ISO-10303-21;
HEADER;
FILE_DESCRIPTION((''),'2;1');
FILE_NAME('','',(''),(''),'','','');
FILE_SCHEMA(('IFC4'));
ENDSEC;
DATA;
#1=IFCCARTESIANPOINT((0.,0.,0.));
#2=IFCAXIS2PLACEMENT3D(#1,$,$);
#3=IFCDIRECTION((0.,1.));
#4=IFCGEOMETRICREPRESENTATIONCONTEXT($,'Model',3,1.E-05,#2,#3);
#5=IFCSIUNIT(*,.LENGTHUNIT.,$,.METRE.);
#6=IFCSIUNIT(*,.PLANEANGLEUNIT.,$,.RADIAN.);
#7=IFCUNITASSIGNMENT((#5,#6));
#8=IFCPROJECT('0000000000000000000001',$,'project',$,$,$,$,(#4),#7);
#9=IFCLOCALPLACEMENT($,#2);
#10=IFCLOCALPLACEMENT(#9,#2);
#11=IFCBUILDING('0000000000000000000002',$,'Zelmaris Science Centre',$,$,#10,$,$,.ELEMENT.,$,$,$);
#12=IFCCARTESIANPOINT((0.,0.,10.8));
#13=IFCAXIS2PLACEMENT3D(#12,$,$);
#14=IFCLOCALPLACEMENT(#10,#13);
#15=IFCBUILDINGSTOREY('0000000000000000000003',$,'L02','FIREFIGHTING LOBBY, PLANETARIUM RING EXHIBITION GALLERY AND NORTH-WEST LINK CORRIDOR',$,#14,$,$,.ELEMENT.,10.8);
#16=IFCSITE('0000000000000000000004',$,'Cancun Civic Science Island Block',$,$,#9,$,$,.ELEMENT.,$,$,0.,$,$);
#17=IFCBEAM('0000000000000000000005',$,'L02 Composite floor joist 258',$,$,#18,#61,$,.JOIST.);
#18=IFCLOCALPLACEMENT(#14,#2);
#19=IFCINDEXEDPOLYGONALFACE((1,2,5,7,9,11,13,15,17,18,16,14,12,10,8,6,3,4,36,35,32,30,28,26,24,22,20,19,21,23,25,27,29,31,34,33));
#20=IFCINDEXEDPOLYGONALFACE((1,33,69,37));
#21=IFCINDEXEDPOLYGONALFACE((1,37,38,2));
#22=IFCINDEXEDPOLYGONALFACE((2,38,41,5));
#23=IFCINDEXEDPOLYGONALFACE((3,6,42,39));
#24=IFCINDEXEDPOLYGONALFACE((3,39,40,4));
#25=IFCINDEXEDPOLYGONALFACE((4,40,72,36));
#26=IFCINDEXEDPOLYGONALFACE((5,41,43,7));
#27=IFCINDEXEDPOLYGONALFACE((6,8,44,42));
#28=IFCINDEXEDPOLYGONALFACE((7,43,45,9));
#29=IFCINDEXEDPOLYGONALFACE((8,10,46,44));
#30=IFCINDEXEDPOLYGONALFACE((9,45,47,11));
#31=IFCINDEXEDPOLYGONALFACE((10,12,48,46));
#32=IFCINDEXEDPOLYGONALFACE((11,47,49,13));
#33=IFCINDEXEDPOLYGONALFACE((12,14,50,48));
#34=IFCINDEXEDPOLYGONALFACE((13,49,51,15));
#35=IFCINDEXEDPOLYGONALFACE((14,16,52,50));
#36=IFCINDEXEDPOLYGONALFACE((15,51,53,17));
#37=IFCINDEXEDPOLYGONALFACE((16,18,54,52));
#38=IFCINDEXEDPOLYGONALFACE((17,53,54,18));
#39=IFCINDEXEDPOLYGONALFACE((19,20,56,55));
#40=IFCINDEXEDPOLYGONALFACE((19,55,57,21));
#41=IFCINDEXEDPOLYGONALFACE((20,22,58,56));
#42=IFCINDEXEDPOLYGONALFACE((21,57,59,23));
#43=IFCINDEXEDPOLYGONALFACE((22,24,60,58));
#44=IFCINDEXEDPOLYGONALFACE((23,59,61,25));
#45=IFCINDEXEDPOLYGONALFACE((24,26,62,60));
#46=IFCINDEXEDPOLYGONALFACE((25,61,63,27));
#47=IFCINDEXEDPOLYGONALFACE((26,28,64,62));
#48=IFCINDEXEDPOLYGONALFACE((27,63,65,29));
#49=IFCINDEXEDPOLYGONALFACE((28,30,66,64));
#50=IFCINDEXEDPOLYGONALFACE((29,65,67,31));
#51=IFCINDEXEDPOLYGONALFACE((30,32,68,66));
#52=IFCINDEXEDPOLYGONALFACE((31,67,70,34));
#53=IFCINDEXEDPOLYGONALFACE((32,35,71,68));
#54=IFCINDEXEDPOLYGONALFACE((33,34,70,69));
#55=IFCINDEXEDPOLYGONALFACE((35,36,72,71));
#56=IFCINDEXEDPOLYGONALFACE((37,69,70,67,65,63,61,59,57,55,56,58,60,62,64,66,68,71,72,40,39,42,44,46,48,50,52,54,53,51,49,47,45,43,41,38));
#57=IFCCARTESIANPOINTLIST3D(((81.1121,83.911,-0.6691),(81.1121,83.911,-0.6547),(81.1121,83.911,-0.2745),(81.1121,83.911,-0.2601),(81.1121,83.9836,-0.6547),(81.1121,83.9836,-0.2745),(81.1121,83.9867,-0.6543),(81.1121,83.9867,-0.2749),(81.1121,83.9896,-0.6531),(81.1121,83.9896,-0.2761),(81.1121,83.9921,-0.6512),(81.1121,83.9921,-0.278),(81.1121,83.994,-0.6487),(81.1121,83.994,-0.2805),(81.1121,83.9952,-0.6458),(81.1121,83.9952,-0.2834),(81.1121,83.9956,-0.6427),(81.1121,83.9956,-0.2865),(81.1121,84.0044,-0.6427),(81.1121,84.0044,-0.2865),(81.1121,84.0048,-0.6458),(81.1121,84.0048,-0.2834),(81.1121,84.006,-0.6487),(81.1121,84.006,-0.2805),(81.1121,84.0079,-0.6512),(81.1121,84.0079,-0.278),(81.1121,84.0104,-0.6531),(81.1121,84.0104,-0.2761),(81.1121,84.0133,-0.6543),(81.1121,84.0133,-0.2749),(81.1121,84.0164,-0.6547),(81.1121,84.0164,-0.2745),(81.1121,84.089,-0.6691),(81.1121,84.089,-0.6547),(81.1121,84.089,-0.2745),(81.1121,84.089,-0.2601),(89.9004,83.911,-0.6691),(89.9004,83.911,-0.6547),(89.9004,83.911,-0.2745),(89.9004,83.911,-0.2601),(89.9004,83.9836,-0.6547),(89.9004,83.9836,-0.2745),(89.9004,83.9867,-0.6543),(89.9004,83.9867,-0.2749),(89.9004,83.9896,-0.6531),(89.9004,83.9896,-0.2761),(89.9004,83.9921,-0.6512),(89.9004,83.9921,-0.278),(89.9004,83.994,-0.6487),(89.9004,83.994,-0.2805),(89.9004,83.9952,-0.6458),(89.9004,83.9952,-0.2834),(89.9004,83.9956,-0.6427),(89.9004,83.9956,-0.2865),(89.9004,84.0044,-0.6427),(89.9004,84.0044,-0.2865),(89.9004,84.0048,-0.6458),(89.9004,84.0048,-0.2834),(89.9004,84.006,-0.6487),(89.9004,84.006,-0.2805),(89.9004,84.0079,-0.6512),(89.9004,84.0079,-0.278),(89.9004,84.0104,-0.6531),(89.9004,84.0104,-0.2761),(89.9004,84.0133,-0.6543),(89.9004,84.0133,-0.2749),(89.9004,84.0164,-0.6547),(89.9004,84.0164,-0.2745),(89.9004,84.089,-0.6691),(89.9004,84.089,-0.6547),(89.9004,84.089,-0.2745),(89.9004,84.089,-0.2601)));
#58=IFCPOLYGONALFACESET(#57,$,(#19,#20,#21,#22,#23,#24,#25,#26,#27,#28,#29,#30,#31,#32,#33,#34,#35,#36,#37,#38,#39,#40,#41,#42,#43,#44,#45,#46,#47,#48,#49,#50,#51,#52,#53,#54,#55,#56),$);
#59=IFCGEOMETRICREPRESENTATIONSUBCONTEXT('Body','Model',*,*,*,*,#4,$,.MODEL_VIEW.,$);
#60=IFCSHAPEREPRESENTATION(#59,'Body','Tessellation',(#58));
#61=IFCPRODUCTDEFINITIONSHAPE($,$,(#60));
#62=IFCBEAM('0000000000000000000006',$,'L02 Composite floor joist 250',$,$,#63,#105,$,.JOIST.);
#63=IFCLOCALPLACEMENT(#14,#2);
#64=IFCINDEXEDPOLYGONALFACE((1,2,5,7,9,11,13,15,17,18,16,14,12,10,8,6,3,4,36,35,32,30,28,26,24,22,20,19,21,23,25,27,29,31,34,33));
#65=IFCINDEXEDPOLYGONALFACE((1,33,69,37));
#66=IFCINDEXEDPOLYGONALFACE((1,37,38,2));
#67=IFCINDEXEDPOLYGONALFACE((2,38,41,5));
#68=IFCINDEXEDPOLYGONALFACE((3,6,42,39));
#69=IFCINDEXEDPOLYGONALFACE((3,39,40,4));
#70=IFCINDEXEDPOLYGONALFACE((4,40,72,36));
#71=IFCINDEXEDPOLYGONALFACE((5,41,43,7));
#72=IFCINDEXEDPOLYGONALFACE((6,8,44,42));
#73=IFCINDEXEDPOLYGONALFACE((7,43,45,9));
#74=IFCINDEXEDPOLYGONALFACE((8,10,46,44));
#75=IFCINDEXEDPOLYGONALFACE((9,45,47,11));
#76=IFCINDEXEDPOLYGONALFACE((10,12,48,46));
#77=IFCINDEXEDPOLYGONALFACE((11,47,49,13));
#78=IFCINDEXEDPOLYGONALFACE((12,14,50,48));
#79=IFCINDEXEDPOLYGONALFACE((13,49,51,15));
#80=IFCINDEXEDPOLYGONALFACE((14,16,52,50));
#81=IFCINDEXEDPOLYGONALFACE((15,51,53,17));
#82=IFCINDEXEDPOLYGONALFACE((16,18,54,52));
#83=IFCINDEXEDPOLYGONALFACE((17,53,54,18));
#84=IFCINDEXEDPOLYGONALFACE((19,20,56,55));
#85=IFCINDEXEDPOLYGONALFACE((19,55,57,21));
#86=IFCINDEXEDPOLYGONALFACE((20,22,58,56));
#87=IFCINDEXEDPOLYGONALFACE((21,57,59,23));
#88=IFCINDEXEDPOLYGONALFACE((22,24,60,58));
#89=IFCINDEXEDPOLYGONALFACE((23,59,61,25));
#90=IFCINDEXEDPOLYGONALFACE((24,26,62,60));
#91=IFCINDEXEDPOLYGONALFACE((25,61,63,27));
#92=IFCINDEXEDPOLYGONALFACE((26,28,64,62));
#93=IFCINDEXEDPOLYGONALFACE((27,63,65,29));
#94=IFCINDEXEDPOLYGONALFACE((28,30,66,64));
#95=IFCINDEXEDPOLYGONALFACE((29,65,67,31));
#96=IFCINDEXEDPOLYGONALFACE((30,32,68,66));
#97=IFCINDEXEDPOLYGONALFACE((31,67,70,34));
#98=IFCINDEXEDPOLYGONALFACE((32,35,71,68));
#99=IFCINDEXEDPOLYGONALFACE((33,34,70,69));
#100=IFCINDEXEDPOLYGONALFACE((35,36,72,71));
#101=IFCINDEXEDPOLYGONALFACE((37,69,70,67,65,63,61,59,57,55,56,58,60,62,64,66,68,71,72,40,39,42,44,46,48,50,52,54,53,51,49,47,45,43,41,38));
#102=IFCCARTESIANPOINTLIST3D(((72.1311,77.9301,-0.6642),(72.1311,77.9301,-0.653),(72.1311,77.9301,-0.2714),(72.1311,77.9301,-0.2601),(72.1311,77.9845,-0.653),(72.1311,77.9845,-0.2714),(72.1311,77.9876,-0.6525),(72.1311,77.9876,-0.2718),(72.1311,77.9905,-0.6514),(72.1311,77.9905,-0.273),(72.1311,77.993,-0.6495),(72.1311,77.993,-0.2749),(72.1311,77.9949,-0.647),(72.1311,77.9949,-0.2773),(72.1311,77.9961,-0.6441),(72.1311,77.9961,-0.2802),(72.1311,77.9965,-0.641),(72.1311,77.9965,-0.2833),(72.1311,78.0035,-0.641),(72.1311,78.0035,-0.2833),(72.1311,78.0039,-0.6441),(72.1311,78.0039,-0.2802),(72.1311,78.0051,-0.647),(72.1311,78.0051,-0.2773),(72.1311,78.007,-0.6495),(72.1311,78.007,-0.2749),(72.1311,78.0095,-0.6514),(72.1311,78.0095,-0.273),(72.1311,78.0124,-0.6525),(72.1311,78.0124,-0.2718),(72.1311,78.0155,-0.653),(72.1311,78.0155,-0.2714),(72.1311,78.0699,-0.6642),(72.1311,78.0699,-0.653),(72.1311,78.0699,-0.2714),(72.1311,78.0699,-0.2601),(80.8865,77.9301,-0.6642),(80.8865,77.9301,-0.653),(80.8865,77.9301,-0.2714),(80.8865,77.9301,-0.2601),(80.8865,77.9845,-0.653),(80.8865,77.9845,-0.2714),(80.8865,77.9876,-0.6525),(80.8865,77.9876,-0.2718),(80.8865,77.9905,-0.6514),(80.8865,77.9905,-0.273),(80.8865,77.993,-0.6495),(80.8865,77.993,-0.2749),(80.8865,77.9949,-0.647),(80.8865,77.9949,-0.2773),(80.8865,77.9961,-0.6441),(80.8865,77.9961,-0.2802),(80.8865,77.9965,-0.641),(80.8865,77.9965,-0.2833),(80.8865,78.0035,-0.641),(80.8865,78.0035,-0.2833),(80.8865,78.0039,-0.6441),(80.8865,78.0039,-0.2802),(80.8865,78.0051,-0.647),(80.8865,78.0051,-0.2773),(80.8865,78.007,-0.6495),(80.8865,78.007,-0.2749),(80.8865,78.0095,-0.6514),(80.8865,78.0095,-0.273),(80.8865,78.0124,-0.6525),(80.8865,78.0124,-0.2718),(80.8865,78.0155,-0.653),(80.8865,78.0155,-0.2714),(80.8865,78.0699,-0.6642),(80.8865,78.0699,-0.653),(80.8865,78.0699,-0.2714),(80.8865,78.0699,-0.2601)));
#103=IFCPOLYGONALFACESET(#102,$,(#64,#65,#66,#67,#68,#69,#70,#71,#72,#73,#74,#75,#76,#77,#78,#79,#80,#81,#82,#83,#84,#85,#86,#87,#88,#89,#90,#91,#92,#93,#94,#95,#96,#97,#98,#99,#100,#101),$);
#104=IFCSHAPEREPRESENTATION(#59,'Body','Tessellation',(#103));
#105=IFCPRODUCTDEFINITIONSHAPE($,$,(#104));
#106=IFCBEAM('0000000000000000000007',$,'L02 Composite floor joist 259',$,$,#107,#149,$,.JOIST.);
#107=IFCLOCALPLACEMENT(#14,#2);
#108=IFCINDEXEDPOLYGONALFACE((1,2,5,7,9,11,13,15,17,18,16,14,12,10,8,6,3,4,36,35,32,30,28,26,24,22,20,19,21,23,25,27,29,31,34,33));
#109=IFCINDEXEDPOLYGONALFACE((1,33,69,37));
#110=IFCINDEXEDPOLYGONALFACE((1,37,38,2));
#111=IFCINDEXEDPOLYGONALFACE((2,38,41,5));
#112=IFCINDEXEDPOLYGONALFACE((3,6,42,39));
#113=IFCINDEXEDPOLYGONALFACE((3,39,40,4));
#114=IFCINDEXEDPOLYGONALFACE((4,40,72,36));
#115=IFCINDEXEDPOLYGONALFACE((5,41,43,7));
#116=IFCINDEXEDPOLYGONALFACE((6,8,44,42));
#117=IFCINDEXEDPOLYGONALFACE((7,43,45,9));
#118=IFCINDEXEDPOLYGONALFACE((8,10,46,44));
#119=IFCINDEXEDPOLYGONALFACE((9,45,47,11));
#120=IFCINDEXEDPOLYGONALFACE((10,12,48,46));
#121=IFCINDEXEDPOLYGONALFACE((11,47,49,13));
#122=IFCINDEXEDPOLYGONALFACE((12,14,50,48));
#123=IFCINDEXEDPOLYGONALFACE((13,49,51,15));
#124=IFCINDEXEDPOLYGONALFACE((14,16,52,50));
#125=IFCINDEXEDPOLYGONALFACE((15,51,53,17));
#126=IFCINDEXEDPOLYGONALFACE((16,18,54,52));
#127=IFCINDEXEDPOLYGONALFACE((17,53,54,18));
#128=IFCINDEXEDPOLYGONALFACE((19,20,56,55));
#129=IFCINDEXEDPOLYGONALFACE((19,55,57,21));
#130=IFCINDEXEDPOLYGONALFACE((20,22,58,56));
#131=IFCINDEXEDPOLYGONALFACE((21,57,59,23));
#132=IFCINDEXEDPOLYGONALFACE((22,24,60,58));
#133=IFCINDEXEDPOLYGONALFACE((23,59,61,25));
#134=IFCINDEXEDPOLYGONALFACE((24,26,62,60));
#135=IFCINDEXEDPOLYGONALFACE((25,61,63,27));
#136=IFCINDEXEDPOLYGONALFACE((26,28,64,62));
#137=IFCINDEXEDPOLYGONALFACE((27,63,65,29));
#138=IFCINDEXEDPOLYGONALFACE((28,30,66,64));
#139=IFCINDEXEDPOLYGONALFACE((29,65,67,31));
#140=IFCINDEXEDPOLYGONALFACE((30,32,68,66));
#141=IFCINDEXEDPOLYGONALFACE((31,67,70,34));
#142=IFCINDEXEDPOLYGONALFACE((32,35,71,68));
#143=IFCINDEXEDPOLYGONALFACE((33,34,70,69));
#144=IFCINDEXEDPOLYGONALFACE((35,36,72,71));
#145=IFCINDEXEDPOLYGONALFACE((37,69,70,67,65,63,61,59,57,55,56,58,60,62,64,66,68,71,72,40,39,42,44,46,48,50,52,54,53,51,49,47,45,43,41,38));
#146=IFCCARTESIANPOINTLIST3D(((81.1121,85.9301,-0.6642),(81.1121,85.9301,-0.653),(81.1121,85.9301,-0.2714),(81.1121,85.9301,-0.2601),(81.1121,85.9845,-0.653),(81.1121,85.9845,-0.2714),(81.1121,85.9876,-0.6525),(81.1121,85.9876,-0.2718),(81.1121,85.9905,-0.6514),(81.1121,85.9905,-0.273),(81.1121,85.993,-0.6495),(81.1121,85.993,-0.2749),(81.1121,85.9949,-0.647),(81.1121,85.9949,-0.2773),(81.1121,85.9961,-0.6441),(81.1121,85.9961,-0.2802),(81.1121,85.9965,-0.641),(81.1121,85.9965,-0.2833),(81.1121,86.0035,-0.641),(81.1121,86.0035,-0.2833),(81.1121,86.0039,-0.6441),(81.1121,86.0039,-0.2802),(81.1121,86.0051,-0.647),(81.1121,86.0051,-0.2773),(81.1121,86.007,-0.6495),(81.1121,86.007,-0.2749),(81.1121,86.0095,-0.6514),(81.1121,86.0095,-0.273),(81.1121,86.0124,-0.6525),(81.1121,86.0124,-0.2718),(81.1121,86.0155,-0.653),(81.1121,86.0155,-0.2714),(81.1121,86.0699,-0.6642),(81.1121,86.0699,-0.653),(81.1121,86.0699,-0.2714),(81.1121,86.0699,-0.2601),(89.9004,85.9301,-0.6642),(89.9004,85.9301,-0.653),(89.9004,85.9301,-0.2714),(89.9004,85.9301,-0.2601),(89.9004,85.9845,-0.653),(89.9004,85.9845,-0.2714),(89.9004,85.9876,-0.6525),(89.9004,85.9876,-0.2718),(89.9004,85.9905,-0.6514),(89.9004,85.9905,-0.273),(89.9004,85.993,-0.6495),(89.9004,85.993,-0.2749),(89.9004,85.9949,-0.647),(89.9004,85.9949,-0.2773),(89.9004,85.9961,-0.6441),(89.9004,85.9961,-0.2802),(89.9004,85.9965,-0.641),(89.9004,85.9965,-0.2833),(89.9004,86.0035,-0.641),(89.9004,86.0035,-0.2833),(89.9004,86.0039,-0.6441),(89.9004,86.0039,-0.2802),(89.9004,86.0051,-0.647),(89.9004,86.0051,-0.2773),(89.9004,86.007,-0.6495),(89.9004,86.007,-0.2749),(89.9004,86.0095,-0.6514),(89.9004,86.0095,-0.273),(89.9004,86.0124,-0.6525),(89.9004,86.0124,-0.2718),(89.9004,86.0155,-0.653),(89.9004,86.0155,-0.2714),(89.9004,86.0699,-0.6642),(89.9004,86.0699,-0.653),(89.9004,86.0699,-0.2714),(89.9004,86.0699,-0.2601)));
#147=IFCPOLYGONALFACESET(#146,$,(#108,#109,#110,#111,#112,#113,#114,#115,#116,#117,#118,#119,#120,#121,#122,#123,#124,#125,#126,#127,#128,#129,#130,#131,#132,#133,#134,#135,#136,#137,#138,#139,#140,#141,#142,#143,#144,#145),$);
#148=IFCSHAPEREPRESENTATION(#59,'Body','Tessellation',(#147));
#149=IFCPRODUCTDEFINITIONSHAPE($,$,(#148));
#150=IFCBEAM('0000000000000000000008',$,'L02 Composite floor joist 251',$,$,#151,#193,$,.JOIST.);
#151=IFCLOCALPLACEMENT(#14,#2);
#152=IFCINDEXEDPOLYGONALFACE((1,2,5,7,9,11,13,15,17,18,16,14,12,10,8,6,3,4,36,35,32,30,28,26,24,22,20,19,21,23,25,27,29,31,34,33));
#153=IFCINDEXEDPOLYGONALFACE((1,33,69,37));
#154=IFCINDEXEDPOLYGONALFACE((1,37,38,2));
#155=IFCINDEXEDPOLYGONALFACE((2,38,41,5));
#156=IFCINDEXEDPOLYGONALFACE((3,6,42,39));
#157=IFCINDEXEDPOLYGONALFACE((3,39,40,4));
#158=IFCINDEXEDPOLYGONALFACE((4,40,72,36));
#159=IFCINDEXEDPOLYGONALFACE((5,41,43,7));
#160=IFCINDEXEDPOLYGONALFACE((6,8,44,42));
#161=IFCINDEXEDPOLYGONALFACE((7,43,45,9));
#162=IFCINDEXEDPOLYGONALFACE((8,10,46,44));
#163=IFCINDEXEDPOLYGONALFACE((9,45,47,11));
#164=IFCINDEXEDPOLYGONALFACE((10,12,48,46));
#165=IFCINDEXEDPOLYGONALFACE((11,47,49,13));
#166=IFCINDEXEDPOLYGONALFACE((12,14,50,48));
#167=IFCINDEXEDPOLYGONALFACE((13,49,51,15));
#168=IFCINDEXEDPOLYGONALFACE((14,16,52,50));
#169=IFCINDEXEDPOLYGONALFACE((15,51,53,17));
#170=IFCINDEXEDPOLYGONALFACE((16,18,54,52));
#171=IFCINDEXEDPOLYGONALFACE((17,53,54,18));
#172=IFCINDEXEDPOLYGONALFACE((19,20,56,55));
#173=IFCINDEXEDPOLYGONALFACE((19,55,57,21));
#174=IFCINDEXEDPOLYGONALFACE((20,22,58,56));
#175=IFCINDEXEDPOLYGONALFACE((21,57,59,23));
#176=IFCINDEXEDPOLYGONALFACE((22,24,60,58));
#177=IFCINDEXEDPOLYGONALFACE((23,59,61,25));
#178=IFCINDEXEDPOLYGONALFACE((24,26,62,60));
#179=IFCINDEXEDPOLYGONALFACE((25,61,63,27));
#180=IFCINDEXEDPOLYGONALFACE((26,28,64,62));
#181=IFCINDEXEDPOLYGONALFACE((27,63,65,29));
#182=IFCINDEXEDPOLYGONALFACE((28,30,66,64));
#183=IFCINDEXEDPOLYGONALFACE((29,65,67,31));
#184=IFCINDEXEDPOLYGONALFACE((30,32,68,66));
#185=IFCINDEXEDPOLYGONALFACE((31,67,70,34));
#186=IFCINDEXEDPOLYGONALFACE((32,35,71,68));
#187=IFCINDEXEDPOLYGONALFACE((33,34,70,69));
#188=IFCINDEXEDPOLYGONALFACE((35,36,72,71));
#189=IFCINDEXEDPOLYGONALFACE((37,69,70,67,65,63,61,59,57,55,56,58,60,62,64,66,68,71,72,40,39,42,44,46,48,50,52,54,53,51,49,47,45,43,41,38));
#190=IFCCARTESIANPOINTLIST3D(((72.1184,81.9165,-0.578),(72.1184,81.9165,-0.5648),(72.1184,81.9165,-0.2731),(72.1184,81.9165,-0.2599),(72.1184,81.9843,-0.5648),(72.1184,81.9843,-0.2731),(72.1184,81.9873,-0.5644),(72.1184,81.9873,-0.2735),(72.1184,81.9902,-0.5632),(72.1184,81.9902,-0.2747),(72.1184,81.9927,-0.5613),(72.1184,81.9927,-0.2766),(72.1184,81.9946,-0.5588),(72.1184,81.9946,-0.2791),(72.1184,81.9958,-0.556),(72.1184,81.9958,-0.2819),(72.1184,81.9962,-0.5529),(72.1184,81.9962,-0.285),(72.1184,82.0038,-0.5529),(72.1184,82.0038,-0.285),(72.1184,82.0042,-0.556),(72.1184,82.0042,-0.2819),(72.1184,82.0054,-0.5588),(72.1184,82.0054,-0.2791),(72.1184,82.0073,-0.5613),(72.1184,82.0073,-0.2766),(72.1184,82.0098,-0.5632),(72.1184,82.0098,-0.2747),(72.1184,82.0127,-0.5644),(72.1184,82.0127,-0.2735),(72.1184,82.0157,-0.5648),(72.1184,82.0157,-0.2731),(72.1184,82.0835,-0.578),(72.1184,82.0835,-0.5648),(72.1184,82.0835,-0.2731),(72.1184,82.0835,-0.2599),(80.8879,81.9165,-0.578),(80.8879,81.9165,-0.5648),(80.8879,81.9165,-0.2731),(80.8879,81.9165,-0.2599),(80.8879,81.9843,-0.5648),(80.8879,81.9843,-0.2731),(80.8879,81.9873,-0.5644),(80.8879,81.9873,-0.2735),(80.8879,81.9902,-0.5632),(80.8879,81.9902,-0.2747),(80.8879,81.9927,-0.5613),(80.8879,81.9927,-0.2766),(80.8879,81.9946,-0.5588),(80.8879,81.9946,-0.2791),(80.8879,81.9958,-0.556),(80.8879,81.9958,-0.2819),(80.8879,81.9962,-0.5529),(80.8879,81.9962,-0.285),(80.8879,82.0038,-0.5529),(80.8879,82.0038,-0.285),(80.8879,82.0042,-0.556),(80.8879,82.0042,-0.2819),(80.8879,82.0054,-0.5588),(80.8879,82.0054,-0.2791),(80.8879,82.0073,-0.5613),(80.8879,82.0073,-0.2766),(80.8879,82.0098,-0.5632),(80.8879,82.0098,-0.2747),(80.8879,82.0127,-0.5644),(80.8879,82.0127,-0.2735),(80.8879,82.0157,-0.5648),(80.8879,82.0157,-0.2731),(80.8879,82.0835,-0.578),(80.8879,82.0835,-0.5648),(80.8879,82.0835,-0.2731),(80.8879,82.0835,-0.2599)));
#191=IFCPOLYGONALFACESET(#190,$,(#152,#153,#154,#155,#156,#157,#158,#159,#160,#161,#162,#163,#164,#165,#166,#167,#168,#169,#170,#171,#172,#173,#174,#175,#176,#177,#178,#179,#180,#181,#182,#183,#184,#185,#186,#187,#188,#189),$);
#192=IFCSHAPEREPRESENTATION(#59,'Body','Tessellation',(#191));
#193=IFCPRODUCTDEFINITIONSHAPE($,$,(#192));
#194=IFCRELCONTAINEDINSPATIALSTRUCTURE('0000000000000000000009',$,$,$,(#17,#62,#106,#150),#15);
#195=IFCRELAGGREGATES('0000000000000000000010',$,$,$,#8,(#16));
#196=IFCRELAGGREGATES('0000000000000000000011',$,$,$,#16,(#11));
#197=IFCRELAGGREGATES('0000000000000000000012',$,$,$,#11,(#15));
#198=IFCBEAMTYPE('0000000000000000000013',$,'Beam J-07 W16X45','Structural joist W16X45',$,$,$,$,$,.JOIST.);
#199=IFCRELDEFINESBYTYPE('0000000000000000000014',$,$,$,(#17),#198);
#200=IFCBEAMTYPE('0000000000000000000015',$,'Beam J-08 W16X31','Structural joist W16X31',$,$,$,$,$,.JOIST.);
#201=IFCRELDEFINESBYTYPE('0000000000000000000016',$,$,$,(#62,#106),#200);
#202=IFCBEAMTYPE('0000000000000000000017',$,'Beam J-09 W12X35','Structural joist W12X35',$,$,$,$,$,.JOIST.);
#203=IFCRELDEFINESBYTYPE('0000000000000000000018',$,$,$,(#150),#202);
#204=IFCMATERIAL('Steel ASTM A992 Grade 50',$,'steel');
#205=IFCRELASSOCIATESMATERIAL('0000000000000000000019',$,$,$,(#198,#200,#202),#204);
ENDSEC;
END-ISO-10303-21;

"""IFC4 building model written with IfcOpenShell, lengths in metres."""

from ifc_helpers import new_model, si_unit, direction, frame, origin, origin_2d, place, context, subcontext, project, spatial, i_section, extrude, material, material_profile, profile_set, type_object, element, save


model = new_model("IFC4")

# Units and contexts
model_context = context("Model", 3, precision=1e-05, world=origin(), true_north=direction((0.0, 1.0)))
body_context = subcontext(model_context, "Body", "Model", "MODEL_VIEW")
ifc_project = project(units=[si_unit("LENGTHUNIT", "METRE"), si_unit("PLANEANGLEUNIT", "RADIAN")], contexts=[model_context])

# Site, building, storey
site_placement = place(None, origin())
site = spatial("IfcSite", under=ifc_project, at=site_placement, Name="Cancun Civic Science Island Block", CompositionType="ELEMENT", RefElevation=0.0)
building_placement = place(site_placement, origin())
building = spatial("IfcBuilding", under=site, at=building_placement, Name="Zelmaris Science Centre", CompositionType="ELEMENT")
storey_placement = place(building_placement, frame((0.0, 0.0, 10.8)))
storey = spatial("IfcBuildingStorey", under=building, at=storey_placement, Name="L02", Description="FIREFIGHTING LOBBY, PLANETARIUM RING EXHIBITION GALLERY AND NORTH-WEST LINK CORRIDOR", CompositionType="ELEMENT", Elevation=10.8)

# Shared definitions
ifc_material_1 = material(Name="Steel ASTM A992 Grade 50", Category="steel")

# Beams
ifc_material_profile_1 = material_profile(ifc_material_1, i_section(OverallWidth=0.178, OverallDepth=0.4089, WebThickness=0.0088, FlangeThickness=0.0144, FilletRadius=0.012, at=origin_2d()), Name="W16X45")
ifc_profile_set_1 = profile_set([ifc_material_profile_1], Name="Steel ASTM A992 Grade 50")
beam_type_1 = type_object("IfcBeamType", Name="Beam J-07 W16X45", Description="Structural joist W16X45", PredefinedType="JOIST", material=ifc_profile_set_1)
beam_1_placement = place(storey_placement, frame((81.1121, 84.0, -0.4646), z_axis=(1.0, 0.0, 0.0), x_axis=(0.0, 1.0, 0.0)))
element("IfcBeam", 1, at=beam_1_placement, inside=storey, type_object=beam_type_1, Name="L02 Composite floor joist 258", PredefinedType="JOIST", context=body_context, shape_type="SweptSolid", body=[
    extrude(i_section(OverallWidth=0.178, OverallDepth=0.4089, WebThickness=0.0088, FlangeThickness=0.0144, FilletRadius=0.012, at=origin_2d()), origin(), (0.0, 0.0, 1.0), 8.7883),
])
ifc_material_profile_2 = material_profile(ifc_material_1, i_section(OverallWidth=0.1399, OverallDepth=0.4041, WebThickness=0.0071, FlangeThickness=0.0112, FilletRadius=0.012, at=origin_2d()), Name="W16X31")
ifc_profile_set_2 = profile_set([ifc_material_profile_2], Name="Steel ASTM A992 Grade 50")
beam_type_2 = type_object("IfcBeamType", Name="Beam J-08 W16X31", Description="Structural joist W16X31", PredefinedType="JOIST", material=ifc_profile_set_2)
beam_2_placement = place(storey_placement, frame((72.1311, 78.0, -0.4622), z_axis=(1.0, 0.0, 0.0), x_axis=(0.0, 1.0, 0.0)))
element("IfcBeam", 2, at=beam_2_placement, inside=storey, type_object=beam_type_2, Name="L02 Composite floor joist 250", PredefinedType="JOIST", context=body_context, shape_type="SweptSolid", body=[
    extrude(i_section(OverallWidth=0.1399, OverallDepth=0.4041, WebThickness=0.0071, FlangeThickness=0.0112, FilletRadius=0.012, at=origin_2d()), origin(), (0.0, 0.0, 1.0), 8.7554),
])
beam_3_placement = place(storey_placement, frame((81.1121, 86.0, -0.4622), z_axis=(1.0, 0.0, 0.0), x_axis=(0.0, 1.0, 0.0)))
element("IfcBeam", 3, at=beam_3_placement, inside=storey, type_object=beam_type_2, Name="L02 Composite floor joist 259", PredefinedType="JOIST", context=body_context, shape_type="SweptSolid", body=[
    extrude(i_section(OverallWidth=0.1399, OverallDepth=0.4041, WebThickness=0.0071, FlangeThickness=0.0112, FilletRadius=0.012, at=origin_2d()), origin(), (0.0, 0.0, 1.0), 8.7883),
])
ifc_material_profile_3 = material_profile(ifc_material_1, i_section(OverallWidth=0.167, OverallDepth=0.3181, WebThickness=0.0076, FlangeThickness=0.0132, FilletRadius=0.012, at=origin_2d()), Name="W12X35")
ifc_profile_set_3 = profile_set([ifc_material_profile_3], Name="Steel ASTM A992 Grade 50")
beam_type_3 = type_object("IfcBeamType", Name="Beam J-09 W12X35", Description="Structural joist W12X35", PredefinedType="JOIST", material=ifc_profile_set_3)
beam_4_placement = place(storey_placement, frame((72.1184, 82.0, -0.4189), z_axis=(1.0, 0.0, 0.0), x_axis=(0.0, 1.0, 0.0)))
element("IfcBeam", 4, at=beam_4_placement, inside=storey, type_object=beam_type_3, Name="L02 Composite floor joist 251", PredefinedType="JOIST", context=body_context, shape_type="SweptSolid", body=[
    extrude(i_section(OverallWidth=0.167, OverallDepth=0.3181, WebThickness=0.0076, FlangeThickness=0.0132, FilletRadius=0.012, at=origin_2d()), origin(), (0.0, 0.0, 1.0), 8.7695),
])

save(model, "model.ifc")
